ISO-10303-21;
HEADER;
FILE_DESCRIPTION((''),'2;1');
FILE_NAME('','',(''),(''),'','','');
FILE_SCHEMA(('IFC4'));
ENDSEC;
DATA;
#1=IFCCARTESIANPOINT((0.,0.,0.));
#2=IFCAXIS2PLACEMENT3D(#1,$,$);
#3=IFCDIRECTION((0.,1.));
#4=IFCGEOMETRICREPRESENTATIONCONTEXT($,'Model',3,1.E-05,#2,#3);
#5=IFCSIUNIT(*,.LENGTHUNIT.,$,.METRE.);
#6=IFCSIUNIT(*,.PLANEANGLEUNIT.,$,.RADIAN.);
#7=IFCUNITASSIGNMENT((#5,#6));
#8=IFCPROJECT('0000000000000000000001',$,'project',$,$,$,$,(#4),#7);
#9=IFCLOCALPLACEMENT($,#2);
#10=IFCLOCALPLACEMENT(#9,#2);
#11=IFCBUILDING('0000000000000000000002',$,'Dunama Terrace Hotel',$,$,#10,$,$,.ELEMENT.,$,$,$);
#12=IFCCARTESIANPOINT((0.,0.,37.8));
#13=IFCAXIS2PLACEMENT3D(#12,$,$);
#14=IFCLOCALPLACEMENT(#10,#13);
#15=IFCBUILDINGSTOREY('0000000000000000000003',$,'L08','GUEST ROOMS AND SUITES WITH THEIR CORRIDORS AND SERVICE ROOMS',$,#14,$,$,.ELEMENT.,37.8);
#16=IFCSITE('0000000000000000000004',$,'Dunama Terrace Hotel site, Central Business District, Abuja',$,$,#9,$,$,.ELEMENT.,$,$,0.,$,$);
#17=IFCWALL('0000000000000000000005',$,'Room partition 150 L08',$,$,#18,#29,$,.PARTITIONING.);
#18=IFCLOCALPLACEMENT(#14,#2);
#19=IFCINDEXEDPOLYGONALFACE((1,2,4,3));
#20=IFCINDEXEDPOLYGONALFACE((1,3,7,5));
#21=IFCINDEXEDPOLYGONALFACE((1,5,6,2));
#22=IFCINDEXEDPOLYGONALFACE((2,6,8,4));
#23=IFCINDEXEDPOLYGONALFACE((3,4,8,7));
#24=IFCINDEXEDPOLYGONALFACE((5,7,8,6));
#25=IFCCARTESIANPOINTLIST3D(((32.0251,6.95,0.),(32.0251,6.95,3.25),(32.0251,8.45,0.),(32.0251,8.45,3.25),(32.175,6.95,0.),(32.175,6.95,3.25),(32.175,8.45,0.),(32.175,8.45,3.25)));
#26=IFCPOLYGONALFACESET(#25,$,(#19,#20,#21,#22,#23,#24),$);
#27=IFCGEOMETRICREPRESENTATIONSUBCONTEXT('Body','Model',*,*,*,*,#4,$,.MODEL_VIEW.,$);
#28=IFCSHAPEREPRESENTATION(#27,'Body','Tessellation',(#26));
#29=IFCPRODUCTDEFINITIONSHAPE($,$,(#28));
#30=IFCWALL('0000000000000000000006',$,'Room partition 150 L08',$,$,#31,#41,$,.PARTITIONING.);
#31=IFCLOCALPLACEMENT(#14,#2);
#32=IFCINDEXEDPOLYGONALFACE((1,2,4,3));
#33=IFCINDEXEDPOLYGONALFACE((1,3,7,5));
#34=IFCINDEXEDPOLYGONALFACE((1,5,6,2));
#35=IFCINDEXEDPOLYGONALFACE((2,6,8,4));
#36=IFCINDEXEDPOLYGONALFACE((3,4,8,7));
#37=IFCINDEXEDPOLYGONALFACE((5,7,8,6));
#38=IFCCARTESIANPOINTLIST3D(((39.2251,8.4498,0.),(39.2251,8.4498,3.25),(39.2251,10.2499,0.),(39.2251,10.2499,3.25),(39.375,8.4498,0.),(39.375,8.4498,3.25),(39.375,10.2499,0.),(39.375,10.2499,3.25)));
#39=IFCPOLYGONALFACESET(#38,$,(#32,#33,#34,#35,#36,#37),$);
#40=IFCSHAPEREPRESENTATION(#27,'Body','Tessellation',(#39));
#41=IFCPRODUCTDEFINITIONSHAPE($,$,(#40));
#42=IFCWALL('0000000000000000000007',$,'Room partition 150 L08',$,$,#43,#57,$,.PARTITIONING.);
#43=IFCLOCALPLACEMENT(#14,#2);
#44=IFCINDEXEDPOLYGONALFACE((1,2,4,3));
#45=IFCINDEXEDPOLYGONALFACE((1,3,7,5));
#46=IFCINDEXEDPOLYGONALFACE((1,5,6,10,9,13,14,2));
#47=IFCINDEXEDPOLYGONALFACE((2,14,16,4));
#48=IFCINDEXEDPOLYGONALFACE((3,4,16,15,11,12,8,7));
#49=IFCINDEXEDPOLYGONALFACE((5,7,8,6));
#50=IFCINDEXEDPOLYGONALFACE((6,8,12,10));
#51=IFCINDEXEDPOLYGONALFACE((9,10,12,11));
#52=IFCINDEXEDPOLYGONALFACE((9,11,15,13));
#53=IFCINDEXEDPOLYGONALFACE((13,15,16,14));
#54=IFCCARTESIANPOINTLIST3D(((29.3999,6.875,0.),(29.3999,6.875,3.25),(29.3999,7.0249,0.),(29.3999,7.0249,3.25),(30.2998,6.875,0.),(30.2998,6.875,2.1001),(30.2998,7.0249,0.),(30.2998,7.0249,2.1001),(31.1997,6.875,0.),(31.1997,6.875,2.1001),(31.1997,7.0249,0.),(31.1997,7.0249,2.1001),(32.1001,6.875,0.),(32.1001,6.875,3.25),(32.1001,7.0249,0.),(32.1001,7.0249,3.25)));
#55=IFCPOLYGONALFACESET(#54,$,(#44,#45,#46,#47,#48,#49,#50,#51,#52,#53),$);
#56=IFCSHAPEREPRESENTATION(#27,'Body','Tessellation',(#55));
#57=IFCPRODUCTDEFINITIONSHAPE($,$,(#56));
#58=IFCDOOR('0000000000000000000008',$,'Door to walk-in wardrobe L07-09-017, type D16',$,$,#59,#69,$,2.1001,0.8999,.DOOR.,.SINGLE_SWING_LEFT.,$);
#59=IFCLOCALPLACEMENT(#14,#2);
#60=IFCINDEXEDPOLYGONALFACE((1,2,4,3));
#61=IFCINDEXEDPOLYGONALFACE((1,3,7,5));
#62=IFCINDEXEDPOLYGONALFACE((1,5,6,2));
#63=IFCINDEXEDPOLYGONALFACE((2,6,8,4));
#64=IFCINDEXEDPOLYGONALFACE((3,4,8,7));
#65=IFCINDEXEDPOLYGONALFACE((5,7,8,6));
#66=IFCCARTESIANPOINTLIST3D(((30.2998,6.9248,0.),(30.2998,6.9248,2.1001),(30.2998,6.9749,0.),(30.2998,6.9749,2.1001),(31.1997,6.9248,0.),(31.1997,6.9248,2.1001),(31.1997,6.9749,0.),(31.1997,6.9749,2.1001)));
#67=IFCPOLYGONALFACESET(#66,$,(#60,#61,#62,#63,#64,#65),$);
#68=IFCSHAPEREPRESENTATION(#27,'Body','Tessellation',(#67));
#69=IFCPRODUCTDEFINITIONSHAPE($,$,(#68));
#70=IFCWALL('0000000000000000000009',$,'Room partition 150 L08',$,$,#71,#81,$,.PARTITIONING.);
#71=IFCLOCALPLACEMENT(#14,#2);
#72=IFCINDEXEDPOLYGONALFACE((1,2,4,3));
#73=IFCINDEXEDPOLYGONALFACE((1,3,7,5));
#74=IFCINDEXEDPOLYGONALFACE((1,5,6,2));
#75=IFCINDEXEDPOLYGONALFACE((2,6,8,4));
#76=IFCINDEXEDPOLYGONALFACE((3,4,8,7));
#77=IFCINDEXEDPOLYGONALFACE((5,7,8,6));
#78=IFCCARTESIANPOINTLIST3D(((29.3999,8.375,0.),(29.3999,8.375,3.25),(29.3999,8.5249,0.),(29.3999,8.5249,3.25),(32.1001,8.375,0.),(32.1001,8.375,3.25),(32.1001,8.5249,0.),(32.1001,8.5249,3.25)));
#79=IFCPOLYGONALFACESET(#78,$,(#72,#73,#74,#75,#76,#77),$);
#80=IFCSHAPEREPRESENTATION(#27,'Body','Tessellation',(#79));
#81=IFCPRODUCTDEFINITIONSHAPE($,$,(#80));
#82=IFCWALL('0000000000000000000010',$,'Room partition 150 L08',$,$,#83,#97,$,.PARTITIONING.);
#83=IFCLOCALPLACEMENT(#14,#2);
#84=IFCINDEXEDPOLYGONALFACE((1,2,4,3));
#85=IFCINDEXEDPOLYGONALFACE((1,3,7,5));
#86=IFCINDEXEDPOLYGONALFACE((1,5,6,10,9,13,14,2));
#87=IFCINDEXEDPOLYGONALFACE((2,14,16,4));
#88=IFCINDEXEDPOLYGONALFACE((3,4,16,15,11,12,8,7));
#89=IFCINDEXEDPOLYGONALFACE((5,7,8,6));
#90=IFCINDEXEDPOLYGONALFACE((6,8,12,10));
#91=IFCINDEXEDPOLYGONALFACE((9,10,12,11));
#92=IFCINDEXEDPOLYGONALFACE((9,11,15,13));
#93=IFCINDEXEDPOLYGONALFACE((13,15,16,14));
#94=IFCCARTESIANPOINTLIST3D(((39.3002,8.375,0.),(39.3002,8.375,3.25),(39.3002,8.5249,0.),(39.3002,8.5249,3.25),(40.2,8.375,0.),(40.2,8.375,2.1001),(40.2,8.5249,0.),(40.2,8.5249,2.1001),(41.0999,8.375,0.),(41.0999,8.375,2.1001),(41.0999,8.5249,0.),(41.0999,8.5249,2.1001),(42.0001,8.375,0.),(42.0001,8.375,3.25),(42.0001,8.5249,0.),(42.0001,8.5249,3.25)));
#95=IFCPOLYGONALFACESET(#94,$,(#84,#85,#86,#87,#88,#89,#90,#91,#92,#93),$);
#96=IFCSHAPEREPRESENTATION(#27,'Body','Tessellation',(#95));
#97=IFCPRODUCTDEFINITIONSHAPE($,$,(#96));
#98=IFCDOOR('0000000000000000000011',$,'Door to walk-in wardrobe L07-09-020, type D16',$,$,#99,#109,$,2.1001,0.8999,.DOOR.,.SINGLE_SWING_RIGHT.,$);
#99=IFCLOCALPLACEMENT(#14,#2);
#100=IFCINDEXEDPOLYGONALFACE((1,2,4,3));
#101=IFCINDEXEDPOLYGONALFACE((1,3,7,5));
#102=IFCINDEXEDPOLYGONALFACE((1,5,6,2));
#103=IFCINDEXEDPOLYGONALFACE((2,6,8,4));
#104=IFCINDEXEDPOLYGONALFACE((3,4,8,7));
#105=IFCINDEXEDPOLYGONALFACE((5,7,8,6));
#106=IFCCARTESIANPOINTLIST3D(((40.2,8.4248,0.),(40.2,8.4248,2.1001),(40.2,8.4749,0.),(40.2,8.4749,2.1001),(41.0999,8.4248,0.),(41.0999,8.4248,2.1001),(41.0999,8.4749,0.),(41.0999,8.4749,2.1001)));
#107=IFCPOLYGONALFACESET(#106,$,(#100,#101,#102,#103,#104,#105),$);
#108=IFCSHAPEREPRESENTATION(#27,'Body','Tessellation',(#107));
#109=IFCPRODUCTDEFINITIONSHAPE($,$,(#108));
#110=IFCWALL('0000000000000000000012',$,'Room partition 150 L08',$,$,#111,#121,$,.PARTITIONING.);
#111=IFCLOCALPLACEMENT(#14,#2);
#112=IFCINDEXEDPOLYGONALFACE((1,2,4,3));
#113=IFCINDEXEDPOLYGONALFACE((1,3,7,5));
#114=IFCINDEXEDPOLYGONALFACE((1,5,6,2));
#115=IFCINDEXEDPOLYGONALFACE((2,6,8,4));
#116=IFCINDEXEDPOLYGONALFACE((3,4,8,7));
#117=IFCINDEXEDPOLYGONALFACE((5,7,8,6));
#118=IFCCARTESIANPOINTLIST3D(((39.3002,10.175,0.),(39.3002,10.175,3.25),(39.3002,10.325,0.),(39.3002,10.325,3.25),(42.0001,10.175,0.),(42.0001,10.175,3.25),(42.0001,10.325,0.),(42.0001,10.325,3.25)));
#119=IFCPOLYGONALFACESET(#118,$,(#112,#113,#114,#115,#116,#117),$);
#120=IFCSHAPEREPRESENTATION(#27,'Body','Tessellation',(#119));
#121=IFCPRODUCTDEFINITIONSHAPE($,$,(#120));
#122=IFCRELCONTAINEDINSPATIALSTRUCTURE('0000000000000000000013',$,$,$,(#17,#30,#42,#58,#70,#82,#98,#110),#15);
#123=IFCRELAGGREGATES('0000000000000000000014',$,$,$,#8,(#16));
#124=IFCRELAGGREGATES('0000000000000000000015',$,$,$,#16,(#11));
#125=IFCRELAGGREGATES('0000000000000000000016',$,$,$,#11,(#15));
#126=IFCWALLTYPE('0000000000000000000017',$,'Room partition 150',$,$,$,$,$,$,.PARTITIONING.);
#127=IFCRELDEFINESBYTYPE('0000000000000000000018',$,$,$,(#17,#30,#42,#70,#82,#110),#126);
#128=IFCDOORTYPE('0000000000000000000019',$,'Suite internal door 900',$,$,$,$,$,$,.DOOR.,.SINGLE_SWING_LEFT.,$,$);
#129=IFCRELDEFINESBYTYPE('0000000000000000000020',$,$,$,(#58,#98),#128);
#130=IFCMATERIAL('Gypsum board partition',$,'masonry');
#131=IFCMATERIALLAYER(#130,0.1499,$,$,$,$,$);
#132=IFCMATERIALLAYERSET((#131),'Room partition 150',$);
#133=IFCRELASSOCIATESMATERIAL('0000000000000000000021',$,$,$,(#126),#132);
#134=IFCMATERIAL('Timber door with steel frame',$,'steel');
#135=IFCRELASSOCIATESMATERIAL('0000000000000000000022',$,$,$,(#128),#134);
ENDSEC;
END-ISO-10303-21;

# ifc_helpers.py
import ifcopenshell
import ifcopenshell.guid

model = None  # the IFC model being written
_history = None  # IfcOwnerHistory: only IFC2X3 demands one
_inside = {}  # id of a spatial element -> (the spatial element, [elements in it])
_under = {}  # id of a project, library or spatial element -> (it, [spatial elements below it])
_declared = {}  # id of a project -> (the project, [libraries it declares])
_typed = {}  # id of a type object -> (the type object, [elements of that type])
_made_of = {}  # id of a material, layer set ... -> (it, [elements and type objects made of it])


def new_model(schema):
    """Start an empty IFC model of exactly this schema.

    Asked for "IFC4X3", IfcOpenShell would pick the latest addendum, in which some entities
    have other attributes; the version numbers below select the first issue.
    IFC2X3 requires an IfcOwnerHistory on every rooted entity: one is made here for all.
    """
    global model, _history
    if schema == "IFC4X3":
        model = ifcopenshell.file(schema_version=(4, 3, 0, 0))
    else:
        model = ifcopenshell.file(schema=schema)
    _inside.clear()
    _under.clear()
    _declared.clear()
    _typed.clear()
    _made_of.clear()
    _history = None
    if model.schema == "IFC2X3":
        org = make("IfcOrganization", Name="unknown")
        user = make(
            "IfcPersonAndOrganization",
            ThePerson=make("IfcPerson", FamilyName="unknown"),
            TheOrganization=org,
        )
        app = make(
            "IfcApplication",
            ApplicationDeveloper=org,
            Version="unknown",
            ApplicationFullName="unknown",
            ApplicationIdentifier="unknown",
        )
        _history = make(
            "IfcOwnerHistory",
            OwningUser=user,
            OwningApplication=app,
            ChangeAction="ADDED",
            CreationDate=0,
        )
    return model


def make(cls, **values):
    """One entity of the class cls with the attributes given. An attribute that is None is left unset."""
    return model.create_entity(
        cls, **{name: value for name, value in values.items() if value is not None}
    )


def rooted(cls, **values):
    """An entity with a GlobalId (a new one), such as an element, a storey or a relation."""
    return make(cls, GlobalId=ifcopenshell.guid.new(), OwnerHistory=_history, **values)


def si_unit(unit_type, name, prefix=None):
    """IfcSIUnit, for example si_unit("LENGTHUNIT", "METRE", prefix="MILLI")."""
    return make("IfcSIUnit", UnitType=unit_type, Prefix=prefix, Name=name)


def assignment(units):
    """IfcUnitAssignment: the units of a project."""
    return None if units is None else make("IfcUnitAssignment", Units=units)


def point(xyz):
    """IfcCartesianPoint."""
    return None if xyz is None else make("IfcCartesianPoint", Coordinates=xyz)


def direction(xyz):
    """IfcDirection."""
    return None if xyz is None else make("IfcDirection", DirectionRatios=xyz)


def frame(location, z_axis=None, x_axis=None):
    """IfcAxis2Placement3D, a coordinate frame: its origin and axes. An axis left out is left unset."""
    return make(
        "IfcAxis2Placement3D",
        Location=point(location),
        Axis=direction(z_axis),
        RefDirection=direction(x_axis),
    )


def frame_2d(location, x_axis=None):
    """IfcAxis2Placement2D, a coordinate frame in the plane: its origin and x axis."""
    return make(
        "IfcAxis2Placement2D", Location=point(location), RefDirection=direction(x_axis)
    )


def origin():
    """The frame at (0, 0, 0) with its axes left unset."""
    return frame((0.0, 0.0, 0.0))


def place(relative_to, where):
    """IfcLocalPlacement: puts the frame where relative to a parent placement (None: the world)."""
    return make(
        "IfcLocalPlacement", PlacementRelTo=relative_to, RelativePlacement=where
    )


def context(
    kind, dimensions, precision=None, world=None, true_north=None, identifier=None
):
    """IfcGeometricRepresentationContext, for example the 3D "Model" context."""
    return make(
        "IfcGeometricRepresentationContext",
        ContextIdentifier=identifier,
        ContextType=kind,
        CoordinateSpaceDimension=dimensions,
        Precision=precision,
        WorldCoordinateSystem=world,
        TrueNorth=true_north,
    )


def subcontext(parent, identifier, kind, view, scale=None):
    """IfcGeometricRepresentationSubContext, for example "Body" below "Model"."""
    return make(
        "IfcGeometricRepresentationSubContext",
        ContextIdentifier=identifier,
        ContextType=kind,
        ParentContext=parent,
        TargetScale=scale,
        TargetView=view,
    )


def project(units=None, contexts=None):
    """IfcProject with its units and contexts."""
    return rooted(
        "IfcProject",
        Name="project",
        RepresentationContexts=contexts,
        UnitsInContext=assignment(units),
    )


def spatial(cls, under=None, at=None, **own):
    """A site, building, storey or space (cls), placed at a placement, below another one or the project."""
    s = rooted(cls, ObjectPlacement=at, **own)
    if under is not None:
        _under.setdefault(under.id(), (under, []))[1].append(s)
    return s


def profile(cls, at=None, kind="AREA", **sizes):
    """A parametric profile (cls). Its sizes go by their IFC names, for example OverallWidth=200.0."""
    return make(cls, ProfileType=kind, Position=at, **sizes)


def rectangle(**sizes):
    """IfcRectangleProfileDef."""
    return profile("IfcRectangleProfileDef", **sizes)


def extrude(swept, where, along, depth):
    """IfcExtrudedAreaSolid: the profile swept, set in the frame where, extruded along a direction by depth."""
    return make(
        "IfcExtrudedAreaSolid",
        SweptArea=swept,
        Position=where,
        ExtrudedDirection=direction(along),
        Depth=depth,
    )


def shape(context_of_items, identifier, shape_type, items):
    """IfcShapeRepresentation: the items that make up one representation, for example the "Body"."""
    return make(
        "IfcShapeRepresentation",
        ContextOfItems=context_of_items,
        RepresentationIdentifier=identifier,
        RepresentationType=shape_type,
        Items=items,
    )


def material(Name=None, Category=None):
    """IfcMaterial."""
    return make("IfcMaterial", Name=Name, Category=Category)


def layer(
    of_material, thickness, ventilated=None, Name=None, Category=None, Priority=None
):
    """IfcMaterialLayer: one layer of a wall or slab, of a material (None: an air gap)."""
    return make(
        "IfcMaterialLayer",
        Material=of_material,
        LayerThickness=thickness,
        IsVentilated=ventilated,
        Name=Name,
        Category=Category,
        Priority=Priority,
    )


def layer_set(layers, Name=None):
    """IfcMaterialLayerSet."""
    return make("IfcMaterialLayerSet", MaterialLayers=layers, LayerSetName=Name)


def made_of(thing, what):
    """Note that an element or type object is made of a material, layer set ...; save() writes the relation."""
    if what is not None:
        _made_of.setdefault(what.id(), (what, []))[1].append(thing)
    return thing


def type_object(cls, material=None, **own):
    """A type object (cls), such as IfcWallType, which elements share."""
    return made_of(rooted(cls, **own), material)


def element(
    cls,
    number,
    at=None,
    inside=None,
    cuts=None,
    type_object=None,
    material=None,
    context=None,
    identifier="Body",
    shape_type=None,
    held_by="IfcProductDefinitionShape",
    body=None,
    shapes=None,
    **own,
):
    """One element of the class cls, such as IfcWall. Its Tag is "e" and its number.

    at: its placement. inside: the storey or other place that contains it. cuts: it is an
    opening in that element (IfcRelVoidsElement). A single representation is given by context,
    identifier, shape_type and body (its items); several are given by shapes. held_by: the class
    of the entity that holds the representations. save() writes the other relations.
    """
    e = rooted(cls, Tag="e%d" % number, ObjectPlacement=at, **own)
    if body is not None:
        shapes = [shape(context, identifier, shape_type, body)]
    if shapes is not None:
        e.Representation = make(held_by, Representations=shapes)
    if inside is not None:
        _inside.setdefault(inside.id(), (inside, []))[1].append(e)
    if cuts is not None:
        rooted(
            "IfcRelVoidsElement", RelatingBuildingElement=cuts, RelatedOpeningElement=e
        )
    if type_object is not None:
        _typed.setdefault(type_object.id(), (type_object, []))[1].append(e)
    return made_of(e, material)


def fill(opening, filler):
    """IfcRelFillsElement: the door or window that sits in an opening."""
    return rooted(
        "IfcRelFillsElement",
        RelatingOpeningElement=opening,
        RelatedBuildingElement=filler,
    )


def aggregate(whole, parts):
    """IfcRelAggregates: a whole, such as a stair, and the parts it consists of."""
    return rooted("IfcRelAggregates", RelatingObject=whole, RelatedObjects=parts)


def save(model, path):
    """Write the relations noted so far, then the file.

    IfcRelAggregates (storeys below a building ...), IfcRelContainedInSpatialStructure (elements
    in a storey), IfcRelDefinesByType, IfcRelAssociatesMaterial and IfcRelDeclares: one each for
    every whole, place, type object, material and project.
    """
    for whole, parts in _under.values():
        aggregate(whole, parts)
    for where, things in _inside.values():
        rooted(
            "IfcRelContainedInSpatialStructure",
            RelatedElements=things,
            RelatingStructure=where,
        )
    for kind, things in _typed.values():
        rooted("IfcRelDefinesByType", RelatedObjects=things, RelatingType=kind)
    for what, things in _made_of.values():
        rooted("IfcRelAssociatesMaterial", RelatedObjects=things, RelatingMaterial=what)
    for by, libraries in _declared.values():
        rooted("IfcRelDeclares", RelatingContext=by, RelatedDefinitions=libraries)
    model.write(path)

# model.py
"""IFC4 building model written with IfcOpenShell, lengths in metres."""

from ifc_helpers import new_model, si_unit, direction, frame, frame_2d, origin, place, context, subcontext, project, spatial, rectangle, extrude, material, layer, layer_set, type_object, element, fill, save


model = new_model("IFC4")

# Units and contexts
model_context = context("Model", 3, precision=1e-05, world=origin(), true_north=direction((0.0, 1.0)))
body_context = subcontext(model_context, "Body", "Model", "MODEL_VIEW")
ifc_project = project(units=[si_unit("LENGTHUNIT", "METRE"), si_unit("PLANEANGLEUNIT", "RADIAN")], contexts=[model_context])

# Site, building, storey
site_placement = place(None, origin())
site = spatial("IfcSite", under=ifc_project, at=site_placement, Name="Dunama Terrace Hotel site, Central Business District, Abuja", CompositionType="ELEMENT", RefElevation=0.0)
building_placement = place(site_placement, origin())
building = spatial("IfcBuilding", under=site, at=building_placement, Name="Dunama Terrace Hotel", CompositionType="ELEMENT")
storey_placement = place(building_placement, frame((0.0, 0.0, 37.8)))
storey = spatial("IfcBuildingStorey", under=building, at=storey_placement, Name="L08", Description="GUEST ROOMS AND SUITES WITH THEIR CORRIDORS AND SERVICE ROOMS", CompositionType="ELEMENT", Elevation=37.8)

# Walls
ifc_material_1 = material(Name="Gypsum board partition", Category="masonry")
ifc_layer_1 = layer(ifc_material_1, 0.1499)
ifc_layer_set_1 = layer_set([ifc_layer_1], Name="Room partition 150")
wall_type_1 = type_object("IfcWallType", Name="Room partition 150", PredefinedType="PARTITIONING", material=ifc_layer_set_1)
wall_1_placement = place(storey_placement, frame((32.1001, 6.95, 0.0), z_axis=(0.0, 0.0, 1.0), x_axis=(0.0, 1.0, 0.0)))
element("IfcWall", 1, at=wall_1_placement, inside=storey, type_object=wall_type_1, Name="Room partition 150 L08", PredefinedType="PARTITIONING", context=body_context, shape_type="SweptSolid", body=[
    extrude(rectangle(XDim=1.5, YDim=0.1499, at=frame_2d((0.75, 0.0))), origin(), (0.0, 0.0, 1.0), 3.25),
])
wall_2_placement = place(storey_placement, frame((39.3, 8.45, 0.0), z_axis=(0.0, 0.0, 1.0), x_axis=(0.0, 1.0, 0.0)))
element("IfcWall", 2, at=wall_2_placement, inside=storey, type_object=wall_type_1, Name="Room partition 150 L08", PredefinedType="PARTITIONING", context=body_context, shape_type="SweptSolid", body=[
    extrude(rectangle(XDim=1.8, YDim=0.1499, at=frame_2d((0.8999, 0.0))), origin(), (0.0, 0.0, 1.0), 3.25),
])

# Wall, opening, door
wall_3_placement = place(storey_placement, frame((29.3999, 6.95, 0.0), z_axis=(0.0, 0.0, 1.0), x_axis=(1.0, 0.0, 0.0)))
wall_3 = element("IfcWall", 3, at=wall_3_placement, inside=storey, type_object=wall_type_1, Name="Room partition 150 L08", PredefinedType="PARTITIONING", context=body_context, shape_type="SweptSolid", body=[
    extrude(rectangle(XDim=2.7002, YDim=0.1499, at=frame_2d((1.3501, 0.0))), origin(), (0.0, 0.0, 1.0), 3.25),
])
opening_1_placement = place(wall_3_placement, frame((0.8999, 0.0, 0.0)))
opening_1 = element("IfcOpeningElement", 4, at=opening_1_placement, cuts=wall_3, PredefinedType="OPENING", context=body_context, shape_type="SweptSolid", body=[
    extrude(rectangle(XDim=0.8999, YDim=2.1001, at=frame_2d((0.45, 1.05))), frame((0.0, 0.085, 0.0), z_axis=(0.0, -1.0, 0.0), x_axis=(1.0, 0.0, 0.0)), (0.0, 0.0, 1.0), 0.1699),
])
ifc_material_2 = material(Name="Timber door with steel frame", Category="steel")
door_type_1 = type_object("IfcDoorType", Name="Suite internal door 900", OperationType="SINGLE_SWING_LEFT", PredefinedType="DOOR", material=ifc_material_2)
door_1_placement = place(opening_1_placement, origin())
door_1 = element("IfcDoor", 5, at=door_1_placement, inside=storey, type_object=door_type_1, Name="Door to walk-in wardrobe L07-09-017, type D16", OperationType="SINGLE_SWING_LEFT", OverallHeight=2.1001, OverallWidth=0.8999, PredefinedType="DOOR", context=body_context, shape_type="SweptSolid", body=[
    extrude(rectangle(XDim=0.8999, YDim=2.1001, at=frame_2d((0.45, 1.05))), frame((0.0, 0.0249, 0.0), z_axis=(0.0, -1.0, 0.0), x_axis=(1.0, 0.0, 0.0)), (0.0, 0.0, 1.0), 0.05),
])
fill(opening_1, door_1)

# Wall
wall_4_placement = place(storey_placement, frame((29.3999, 8.45, 0.0), z_axis=(0.0, 0.0, 1.0), x_axis=(1.0, 0.0, 0.0)))
element("IfcWall", 6, at=wall_4_placement, inside=storey, type_object=wall_type_1, Name="Room partition 150 L08", PredefinedType="PARTITIONING", context=body_context, shape_type="SweptSolid", body=[
    extrude(rectangle(XDim=2.7002, YDim=0.1499, at=frame_2d((1.3501, 0.0))), origin(), (0.0, 0.0, 1.0), 3.25),
])

# Wall, opening, door
wall_5_placement = place(storey_placement, frame((39.3, 8.45, 0.0), z_axis=(0.0, 0.0, 1.0), x_axis=(1.0, 0.0, 0.0)))
wall_5 = element("IfcWall", 7, at=wall_5_placement, inside=storey, type_object=wall_type_1, Name="Room partition 150 L08", PredefinedType="PARTITIONING", context=body_context, shape_type="SweptSolid", body=[
    extrude(rectangle(XDim=2.7, YDim=0.1499, at=frame_2d((1.3501, 0.0))), origin(), (0.0, 0.0, 1.0), 3.25),
])
opening_2_placement = place(wall_5_placement, frame((0.8999, 0.0, 0.0)))
opening_2 = element("IfcOpeningElement", 8, at=opening_2_placement, cuts=wall_5, PredefinedType="OPENING", context=body_context, shape_type="SweptSolid", body=[
    extrude(rectangle(XDim=0.8999, YDim=2.1001, at=frame_2d((0.45, 1.05))), frame((0.0, 0.085, 0.0), z_axis=(0.0, -1.0, 0.0), x_axis=(1.0, 0.0, 0.0)), (0.0, 0.0, 1.0), 0.1699),
])
door_2_placement = place(opening_2_placement, origin())
door_2 = element("IfcDoor", 9, at=door_2_placement, inside=storey, type_object=door_type_1, Name="Door to walk-in wardrobe L07-09-020, type D16", OperationType="SINGLE_SWING_RIGHT", OverallHeight=2.1001, OverallWidth=0.8999, PredefinedType="DOOR", context=body_context, shape_type="SweptSolid", body=[
    extrude(rectangle(XDim=0.8999, YDim=2.1001, at=frame_2d((0.45, 1.05))), frame((0.0, 0.0249, 0.0), z_axis=(0.0, -1.0, 0.0), x_axis=(1.0, 0.0, 0.0)), (0.0, 0.0, 1.0), 0.05),
])
fill(opening_2, door_2)

# Wall
wall_6_placement = place(storey_placement, frame((39.3, 10.25, 0.0), z_axis=(0.0, 0.0, 1.0), x_axis=(1.0, 0.0, 0.0)))
element("IfcWall", 10, at=wall_6_placement, inside=storey, type_object=wall_type_1, Name="Room partition 150 L08", PredefinedType="PARTITIONING", context=body_context, shape_type="SweptSolid", body=[
    extrude(rectangle(XDim=2.7, YDim=0.1499, at=frame_2d((1.3501, 0.0))), origin(), (0.0, 0.0, 1.0), 3.25),
])

save(model, "model.ifc")
